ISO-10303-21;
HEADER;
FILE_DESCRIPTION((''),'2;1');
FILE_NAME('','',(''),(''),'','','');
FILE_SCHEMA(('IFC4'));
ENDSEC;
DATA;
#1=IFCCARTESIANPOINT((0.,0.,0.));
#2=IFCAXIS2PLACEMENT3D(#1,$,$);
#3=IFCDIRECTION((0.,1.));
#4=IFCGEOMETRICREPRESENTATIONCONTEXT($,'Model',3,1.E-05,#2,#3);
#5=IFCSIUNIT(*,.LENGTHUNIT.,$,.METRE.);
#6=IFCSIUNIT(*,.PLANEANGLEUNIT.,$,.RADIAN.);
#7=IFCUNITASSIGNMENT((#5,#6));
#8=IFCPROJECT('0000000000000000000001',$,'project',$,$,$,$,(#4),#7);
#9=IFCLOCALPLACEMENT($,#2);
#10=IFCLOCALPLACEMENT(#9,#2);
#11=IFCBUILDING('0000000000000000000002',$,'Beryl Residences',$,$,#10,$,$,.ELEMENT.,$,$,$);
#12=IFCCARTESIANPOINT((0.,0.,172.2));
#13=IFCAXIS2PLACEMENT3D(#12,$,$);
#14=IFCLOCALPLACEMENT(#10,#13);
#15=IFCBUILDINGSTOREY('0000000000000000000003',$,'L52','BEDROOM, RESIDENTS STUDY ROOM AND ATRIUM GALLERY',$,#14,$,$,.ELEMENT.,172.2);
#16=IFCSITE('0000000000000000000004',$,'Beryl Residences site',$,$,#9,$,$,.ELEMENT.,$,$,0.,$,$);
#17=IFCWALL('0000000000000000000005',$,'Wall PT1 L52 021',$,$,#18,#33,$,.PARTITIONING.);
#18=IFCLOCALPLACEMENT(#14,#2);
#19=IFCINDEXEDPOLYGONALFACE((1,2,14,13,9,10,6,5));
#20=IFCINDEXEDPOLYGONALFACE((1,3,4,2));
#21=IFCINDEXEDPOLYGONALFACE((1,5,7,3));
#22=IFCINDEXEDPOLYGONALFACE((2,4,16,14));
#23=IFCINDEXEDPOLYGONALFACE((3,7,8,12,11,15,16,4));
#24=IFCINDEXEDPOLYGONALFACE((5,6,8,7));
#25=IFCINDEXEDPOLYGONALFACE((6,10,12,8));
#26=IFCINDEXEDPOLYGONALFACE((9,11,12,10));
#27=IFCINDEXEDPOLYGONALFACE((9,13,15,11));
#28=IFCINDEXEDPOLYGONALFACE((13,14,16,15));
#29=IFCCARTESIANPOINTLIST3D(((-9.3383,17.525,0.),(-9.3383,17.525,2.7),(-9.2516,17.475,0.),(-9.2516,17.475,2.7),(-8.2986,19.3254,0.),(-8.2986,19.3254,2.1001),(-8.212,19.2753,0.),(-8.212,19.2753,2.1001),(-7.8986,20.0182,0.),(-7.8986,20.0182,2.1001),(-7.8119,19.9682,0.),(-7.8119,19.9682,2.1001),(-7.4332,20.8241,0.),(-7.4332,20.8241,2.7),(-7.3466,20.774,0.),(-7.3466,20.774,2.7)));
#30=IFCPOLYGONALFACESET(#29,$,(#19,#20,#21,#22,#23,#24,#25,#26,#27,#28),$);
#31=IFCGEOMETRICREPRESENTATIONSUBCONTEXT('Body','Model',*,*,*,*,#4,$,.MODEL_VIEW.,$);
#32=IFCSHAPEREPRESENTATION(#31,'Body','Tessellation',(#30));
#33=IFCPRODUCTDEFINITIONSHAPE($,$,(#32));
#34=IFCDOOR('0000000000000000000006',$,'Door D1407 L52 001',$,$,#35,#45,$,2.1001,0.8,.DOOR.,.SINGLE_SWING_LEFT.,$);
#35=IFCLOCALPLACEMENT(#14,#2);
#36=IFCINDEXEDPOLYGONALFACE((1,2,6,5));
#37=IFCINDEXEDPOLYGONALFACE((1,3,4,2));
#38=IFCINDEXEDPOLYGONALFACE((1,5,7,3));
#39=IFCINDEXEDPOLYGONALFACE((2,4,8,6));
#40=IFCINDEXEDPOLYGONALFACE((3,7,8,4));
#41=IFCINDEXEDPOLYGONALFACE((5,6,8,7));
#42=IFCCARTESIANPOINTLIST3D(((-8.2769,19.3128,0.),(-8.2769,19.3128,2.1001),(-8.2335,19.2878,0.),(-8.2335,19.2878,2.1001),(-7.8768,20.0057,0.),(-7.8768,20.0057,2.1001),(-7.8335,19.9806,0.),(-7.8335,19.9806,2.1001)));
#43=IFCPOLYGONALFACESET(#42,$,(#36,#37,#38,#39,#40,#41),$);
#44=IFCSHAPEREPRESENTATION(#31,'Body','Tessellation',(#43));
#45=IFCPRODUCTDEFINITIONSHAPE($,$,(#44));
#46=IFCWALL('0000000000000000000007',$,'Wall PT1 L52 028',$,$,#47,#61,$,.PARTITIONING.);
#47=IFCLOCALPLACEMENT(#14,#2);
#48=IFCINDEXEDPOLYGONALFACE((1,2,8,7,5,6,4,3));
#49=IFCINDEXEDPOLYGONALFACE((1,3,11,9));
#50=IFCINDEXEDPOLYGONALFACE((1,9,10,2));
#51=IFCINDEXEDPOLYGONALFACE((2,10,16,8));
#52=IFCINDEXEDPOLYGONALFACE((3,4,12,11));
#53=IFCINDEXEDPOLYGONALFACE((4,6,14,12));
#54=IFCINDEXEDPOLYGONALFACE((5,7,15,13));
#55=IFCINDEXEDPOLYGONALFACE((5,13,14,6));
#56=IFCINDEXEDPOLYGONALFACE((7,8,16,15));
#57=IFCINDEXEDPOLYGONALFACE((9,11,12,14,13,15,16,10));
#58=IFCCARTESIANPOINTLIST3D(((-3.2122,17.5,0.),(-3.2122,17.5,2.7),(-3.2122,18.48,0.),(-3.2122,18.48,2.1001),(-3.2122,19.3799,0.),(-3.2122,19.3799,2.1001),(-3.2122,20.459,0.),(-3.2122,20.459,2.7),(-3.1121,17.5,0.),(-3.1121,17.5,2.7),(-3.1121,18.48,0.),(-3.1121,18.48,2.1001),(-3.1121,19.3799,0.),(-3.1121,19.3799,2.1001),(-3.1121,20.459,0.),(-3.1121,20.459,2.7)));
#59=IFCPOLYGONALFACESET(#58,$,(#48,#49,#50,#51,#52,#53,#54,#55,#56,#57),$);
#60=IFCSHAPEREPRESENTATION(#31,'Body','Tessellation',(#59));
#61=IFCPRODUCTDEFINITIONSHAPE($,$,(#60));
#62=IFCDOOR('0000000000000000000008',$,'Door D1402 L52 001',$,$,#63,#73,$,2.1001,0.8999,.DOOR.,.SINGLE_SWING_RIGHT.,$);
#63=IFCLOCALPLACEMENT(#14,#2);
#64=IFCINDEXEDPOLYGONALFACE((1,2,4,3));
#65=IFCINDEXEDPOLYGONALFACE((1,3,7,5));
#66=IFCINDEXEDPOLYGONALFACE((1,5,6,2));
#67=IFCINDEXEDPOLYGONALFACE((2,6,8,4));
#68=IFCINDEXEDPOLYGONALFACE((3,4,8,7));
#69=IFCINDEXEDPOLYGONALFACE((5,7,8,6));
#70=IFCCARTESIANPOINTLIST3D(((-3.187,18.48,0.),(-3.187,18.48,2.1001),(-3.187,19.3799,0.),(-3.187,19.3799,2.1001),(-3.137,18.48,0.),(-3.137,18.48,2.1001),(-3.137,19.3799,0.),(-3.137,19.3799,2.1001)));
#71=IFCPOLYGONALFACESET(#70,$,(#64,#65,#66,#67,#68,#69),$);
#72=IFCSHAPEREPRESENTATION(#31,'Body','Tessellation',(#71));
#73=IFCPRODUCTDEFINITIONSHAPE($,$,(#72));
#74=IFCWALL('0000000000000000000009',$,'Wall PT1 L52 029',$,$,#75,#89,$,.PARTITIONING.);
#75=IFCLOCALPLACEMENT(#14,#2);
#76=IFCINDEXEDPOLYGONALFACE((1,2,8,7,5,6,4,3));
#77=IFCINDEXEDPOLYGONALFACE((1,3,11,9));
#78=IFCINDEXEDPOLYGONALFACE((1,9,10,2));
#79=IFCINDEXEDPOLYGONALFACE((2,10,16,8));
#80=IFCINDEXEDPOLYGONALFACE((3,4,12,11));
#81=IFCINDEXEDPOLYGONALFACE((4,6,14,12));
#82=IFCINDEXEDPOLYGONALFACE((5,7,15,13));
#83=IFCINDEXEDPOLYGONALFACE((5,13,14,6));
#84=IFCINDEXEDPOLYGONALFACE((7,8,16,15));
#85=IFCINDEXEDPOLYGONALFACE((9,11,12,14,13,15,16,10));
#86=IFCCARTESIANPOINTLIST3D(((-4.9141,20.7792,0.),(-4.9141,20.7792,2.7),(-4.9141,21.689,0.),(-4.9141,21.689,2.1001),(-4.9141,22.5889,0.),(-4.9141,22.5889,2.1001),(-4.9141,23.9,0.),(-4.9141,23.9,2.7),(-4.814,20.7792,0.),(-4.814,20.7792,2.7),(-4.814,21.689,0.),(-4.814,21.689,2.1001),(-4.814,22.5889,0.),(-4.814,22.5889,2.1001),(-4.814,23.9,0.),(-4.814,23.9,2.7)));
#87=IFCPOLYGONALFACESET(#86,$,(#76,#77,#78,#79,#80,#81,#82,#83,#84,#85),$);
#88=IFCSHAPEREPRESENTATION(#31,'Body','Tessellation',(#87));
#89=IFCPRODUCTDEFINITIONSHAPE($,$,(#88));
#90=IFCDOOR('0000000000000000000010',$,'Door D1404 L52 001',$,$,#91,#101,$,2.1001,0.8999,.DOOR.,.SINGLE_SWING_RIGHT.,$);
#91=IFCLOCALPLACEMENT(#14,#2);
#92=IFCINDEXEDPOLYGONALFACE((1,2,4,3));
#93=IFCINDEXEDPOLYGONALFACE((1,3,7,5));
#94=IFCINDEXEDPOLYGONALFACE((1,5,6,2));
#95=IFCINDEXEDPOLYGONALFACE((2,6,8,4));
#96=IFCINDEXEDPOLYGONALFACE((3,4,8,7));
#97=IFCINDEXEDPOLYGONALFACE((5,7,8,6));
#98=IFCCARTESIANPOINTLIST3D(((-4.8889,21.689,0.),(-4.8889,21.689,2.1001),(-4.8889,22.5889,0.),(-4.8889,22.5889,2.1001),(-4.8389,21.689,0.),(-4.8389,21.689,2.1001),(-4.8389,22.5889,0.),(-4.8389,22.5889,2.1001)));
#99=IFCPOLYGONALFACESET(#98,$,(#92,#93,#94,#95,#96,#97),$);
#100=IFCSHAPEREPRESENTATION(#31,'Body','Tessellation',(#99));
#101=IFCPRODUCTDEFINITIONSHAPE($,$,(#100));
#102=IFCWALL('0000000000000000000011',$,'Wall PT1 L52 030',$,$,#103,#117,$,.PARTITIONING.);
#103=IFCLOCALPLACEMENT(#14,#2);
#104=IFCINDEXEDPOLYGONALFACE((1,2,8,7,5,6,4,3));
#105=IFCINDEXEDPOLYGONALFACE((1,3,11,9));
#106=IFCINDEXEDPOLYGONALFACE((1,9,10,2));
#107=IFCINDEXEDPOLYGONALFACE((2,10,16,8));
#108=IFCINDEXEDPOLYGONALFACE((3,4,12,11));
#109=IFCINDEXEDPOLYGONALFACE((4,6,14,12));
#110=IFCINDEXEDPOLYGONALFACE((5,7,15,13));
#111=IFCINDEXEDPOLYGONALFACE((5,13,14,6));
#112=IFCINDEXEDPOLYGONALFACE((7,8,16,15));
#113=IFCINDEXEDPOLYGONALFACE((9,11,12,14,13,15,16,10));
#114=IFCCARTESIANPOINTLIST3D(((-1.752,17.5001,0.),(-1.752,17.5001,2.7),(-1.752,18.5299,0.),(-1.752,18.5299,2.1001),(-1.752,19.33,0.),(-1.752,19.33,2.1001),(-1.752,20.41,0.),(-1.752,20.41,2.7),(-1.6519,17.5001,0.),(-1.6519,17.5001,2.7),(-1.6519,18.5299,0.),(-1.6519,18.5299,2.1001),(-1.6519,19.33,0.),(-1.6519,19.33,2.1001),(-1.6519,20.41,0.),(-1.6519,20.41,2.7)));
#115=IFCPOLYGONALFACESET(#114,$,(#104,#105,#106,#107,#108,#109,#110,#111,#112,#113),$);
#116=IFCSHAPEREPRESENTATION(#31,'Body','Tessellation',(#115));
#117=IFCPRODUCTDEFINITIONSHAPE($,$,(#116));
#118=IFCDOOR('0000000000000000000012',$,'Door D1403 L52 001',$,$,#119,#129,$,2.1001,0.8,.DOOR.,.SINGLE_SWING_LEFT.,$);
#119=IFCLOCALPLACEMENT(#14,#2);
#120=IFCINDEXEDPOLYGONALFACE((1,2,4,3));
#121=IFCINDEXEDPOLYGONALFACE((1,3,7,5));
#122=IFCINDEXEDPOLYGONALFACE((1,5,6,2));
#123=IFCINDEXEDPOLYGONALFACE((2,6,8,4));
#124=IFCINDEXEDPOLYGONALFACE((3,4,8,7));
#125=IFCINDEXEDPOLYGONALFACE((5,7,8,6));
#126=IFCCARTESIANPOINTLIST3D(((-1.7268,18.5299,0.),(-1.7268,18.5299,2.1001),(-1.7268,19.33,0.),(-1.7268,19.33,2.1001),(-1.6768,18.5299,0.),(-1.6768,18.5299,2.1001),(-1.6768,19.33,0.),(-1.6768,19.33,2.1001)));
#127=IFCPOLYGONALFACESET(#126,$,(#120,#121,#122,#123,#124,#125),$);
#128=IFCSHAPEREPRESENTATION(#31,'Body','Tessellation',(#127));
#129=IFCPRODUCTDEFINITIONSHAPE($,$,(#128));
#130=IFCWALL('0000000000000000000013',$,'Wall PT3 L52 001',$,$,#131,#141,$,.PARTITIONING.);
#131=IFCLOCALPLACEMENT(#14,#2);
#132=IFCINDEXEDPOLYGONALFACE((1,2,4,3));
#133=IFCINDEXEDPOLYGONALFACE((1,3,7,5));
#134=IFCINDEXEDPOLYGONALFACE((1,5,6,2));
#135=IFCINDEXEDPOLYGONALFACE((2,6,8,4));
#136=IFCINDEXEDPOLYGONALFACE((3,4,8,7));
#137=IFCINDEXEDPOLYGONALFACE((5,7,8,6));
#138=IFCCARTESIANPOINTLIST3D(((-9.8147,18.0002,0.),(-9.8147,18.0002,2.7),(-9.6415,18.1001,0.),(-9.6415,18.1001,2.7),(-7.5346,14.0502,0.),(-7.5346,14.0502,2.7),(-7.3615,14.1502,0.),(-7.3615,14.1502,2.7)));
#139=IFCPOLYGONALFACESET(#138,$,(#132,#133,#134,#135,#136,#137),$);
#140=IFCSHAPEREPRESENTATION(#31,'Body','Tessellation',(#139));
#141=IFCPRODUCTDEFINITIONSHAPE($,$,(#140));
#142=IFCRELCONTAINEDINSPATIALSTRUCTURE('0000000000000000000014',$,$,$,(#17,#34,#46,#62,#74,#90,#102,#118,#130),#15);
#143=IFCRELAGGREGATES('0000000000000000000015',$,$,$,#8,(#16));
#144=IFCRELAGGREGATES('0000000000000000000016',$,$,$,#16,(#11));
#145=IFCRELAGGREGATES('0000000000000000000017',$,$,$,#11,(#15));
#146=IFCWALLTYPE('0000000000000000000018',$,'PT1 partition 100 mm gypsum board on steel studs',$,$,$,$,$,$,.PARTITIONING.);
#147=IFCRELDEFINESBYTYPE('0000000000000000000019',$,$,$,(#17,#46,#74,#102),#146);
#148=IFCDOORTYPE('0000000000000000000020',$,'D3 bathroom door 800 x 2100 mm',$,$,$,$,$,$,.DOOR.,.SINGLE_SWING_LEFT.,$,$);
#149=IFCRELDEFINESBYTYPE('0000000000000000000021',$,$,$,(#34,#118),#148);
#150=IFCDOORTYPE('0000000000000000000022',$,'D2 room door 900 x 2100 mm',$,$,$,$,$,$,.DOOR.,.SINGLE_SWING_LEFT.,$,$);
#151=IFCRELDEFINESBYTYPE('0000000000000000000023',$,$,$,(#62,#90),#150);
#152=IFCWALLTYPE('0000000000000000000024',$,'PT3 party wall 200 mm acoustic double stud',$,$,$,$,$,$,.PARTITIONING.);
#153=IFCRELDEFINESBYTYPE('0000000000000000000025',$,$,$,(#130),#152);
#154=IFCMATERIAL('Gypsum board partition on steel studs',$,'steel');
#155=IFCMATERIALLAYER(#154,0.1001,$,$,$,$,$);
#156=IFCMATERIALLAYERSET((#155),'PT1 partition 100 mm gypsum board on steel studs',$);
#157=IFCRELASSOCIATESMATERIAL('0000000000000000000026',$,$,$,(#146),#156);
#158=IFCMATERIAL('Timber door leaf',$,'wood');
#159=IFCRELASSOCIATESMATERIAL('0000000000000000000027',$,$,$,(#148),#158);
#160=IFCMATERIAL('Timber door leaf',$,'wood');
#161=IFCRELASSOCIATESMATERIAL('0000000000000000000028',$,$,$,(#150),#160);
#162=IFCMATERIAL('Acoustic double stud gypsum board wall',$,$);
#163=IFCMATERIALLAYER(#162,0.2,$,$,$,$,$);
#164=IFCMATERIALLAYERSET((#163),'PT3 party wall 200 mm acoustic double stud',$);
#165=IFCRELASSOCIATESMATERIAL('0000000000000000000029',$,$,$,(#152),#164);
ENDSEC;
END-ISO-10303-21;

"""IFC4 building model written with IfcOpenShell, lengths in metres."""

from ifc_helpers import new_model, si_unit, direction, frame, frame_2d, origin, place, context, subcontext, project, spatial, rectangle, extrude, material, layer, layer_set, type_object, element, fill, save


model = new_model("IFC4")

# Units and contexts
model_context = context("Model", 3, precision=1e-05, world=origin(), true_north=direction((0.0, 1.0)))
body_context = subcontext(model_context, "Body", "Model", "MODEL_VIEW")
ifc_project = project(units=[si_unit("LENGTHUNIT", "METRE"), si_unit("PLANEANGLEUNIT", "RADIAN")], contexts=[model_context])

# Site, building, storey
site_placement = place(None, origin())
site = spatial("IfcSite", under=ifc_project, at=site_placement, Name="Beryl Residences site", CompositionType="ELEMENT", RefElevation=0.0)
building_placement = place(site_placement, origin())
building = spatial("IfcBuilding", under=site, at=building_placement, Name="Beryl Residences", CompositionType="ELEMENT")
storey_placement = place(building_placement, frame((0.0, 0.0, 172.2)))
storey = spatial("IfcBuildingStorey", under=building, at=storey_placement, Name="L52", Description="BEDROOM, RESIDENTS STUDY ROOM AND ATRIUM GALLERY", CompositionType="ELEMENT", Elevation=172.2)

# Shared definitions
ifc_material_1 = material(Name="Gypsum board partition on steel studs", Category="steel")
ifc_layer_1 = layer(ifc_material_1, 0.1001)
ifc_layer_set_1 = layer_set([ifc_layer_1], Name="PT1 partition 100 mm gypsum board on steel studs")
wall_type_1 = type_object("IfcWallType", Name="PT1 partition 100 mm gypsum board on steel studs", PredefinedType="PARTITIONING", material=ifc_layer_set_1)

# Walls, openings, doors
wall_1_placement = place(storey_placement, frame((-9.2949, 17.5, 0.0), z_axis=(0.0, 0.0, 1.0), x_axis=(0.500061, 0.86599, 0.0)))
wall_1 = element("IfcWall", 1, at=wall_1_placement, inside=storey, type_object=wall_type_1, Name="Wall PT1 L52 021", PredefinedType="PARTITIONING", context=body_context, shape_type="SweptSolid", body=[
    extrude(rectangle(XDim=3.8096, YDim=0.1001, at=frame_2d((1.9048, 0.0))), origin(), (0.0, 0.0, 1.0), 2.7),
])
opening_1_placement = place(wall_1_placement, frame((2.0791, 0.0, 0.0)))
opening_1 = element("IfcOpeningElement", 2, at=opening_1_placement, cuts=wall_1, PredefinedType="OPENING", context=body_context, shape_type="SweptSolid", body=[
    extrude(rectangle(XDim=0.8, YDim=2.1001, at=frame_2d((0.3999, 1.05))), frame((0.0, 0.0601, 0.0), z_axis=(0.0, -1.0, 0.0), x_axis=(1.0, 0.0, 0.0)), (0.0, 0.0, 1.0), 0.1201),
])
ifc_material_2 = material(Name="Timber door leaf", Category="wood")
door_type_1 = type_object("IfcDoorType", Name="D3 bathroom door 800 x 2100 mm", OperationType="SINGLE_SWING_LEFT", PredefinedType="DOOR", material=ifc_material_2)
door_1_placement = place(opening_1_placement, origin())
door_1 = element("IfcDoor", 3, at=door_1_placement, inside=storey, type_object=door_type_1, Name="Door D1407 L52 001", OperationType="SINGLE_SWING_LEFT", OverallHeight=2.1001, OverallWidth=0.8, PredefinedType="DOOR", context=body_context, shape_type="SweptSolid", body=[
    extrude(rectangle(XDim=0.8, YDim=2.1001, at=frame_2d((0.3999, 1.05))), frame((0.0, 0.0249, 0.0), z_axis=(0.0, -1.0, 0.0), x_axis=(1.0, 0.0, 0.0)), (0.0, 0.0, 1.0), 0.05),
])
fill(opening_1, door_1)
wall_2_placement = place(storey_placement, frame((-3.1621, 17.5, 0.0), z_axis=(0.0, 0.0, 1.0), x_axis=(0.0, 1.0, 0.0)))
wall_2 = element("IfcWall", 4, at=wall_2_placement, inside=storey, type_object=wall_type_1, Name="Wall PT1 L52 028", PredefinedType="PARTITIONING", context=body_context, shape_type="SweptSolid", body=[
    extrude(rectangle(XDim=2.959, YDim=0.1001, at=frame_2d((1.4795, 0.0))), origin(), (0.0, 0.0, 1.0), 2.7),
])
opening_2_placement = place(wall_2_placement, frame((0.98, 0.0, 0.0)))
opening_2 = element("IfcOpeningElement", 5, at=opening_2_placement, cuts=wall_2, PredefinedType="OPENING", context=body_context, shape_type="SweptSolid", body=[
    extrude(rectangle(XDim=0.8999, YDim=2.1001, at=frame_2d((0.45, 1.05))), frame((0.0, 0.0601, 0.0), z_axis=(0.0, -1.0, 0.0), x_axis=(1.0, 0.0, 0.0)), (0.0, 0.0, 1.0), 0.1201),
])
ifc_material_3 = material(Name="Timber door leaf", Category="wood")
door_type_2 = type_object("IfcDoorType", Name="D2 room door 900 x 2100 mm", OperationType="SINGLE_SWING_LEFT", PredefinedType="DOOR", material=ifc_material_3)
door_2_placement = place(opening_2_placement, origin())
door_2 = element("IfcDoor", 6, at=door_2_placement, inside=storey, type_object=door_type_2, Name="Door D1402 L52 001", OperationType="SINGLE_SWING_RIGHT", OverallHeight=2.1001, OverallWidth=0.8999, PredefinedType="DOOR", context=body_context, shape_type="SweptSolid", body=[
    extrude(rectangle(XDim=0.8999, YDim=2.1001, at=frame_2d((0.45, 1.05))), frame((0.0, 0.0249, 0.0), z_axis=(0.0, -1.0, 0.0), x_axis=(1.0, 0.0, 0.0)), (0.0, 0.0, 1.0), 0.05),
])
fill(opening_2, door_2)
wall_3_placement = place(storey_placement, frame((-4.864, 20.7791, 0.0), z_axis=(0.0, 0.0, 1.0), x_axis=(0.0, 1.0, 0.0)))
wall_3 = element("IfcWall", 7, at=wall_3_placement, inside=storey, type_object=wall_type_1, Name="Wall PT1 L52 029", PredefinedType="PARTITIONING", context=body_context, shape_type="SweptSolid", body=[
    extrude(rectangle(XDim=3.1208, YDim=0.1001, at=frame_2d((1.5605, 0.0))), origin(), (0.0, 0.0, 1.0), 2.7),
])
opening_3_placement = place(wall_3_placement, frame((0.9099, 0.0, 0.0)))
opening_3 = element("IfcOpeningElement", 8, at=opening_3_placement, cuts=wall_3, PredefinedType="OPENING", context=body_context, shape_type="SweptSolid", body=[
    extrude(rectangle(XDim=0.8999, YDim=2.1001, at=frame_2d((0.45, 1.05))), frame((0.0, 0.0601, 0.0), z_axis=(0.0, -1.0, 0.0), x_axis=(1.0, 0.0, 0.0)), (0.0, 0.0, 1.0), 0.1201),
])
door_3_placement = place(opening_3_placement, origin())
door_3 = element("IfcDoor", 9, at=door_3_placement, inside=storey, type_object=door_type_2, Name="Door D1404 L52 001", OperationType="SINGLE_SWING_RIGHT", OverallHeight=2.1001, OverallWidth=0.8999, PredefinedType="DOOR", context=body_context, shape_type="SweptSolid", body=[
    extrude(rectangle(XDim=0.8999, YDim=2.1001, at=frame_2d((0.45, 1.05))), frame((0.0, 0.0249, 0.0), z_axis=(0.0, -1.0, 0.0), x_axis=(1.0, 0.0, 0.0)), (0.0, 0.0, 1.0), 0.05),
])
fill(opening_3, door_3)
wall_4_placement = place(storey_placement, frame((-1.7019, 17.5, 0.0), z_axis=(0.0, 0.0, 1.0), x_axis=(0.0, 1.0, 0.0)))
wall_4 = element("IfcWall", 10, at=wall_4_placement, inside=storey, type_object=wall_type_1, Name="Wall PT1 L52 030", PredefinedType="PARTITIONING", context=body_context, shape_type="SweptSolid", body=[
    extrude(rectangle(XDim=2.9099, YDim=0.1001, at=frame_2d((1.4551, 0.0))), origin(), (0.0, 0.0, 1.0), 2.7),
])
opening_4_placement = place(wall_4_placement, frame((1.03, 0.0, 0.0)))
opening_4 = element("IfcOpeningElement", 11, at=opening_4_placement, cuts=wall_4, PredefinedType="OPENING", context=body_context, shape_type="SweptSolid", body=[
    extrude(rectangle(XDim=0.8, YDim=2.1001, at=frame_2d((0.3999, 1.05))), frame((0.0, 0.0601, 0.0), z_axis=(0.0, -1.0, 0.0), x_axis=(1.0, 0.0, 0.0)), (0.0, 0.0, 1.0), 0.1201),
])
door_4_placement = place(opening_4_placement, origin())
door_4 = element("IfcDoor", 12, at=door_4_placement, inside=storey, type_object=door_type_1, Name="Door D1403 L52 001", OperationType="SINGLE_SWING_LEFT", OverallHeight=2.1001, OverallWidth=0.8, PredefinedType="DOOR", context=body_context, shape_type="SweptSolid", body=[
    extrude(rectangle(XDim=0.8, YDim=2.1001, at=frame_2d((0.3999, 1.05))), frame((0.0, 0.0249, 0.0), z_axis=(0.0, -1.0, 0.0), x_axis=(1.0, 0.0, 0.0)), (0.0, 0.0, 1.0), 0.05),
])
fill(opening_4, door_4)

# Wall
ifc_material_4 = material(Name="Acoustic double stud gypsum board wall")
ifc_layer_2 = layer(ifc_material_4, 0.2)
ifc_layer_set_2 = layer_set([ifc_layer_2], Name="PT3 party wall 200 mm acoustic double stud")
wall_type_2 = type_object("IfcWallType", Name="PT3 party wall 200 mm acoustic double stud", PredefinedType="PARTITIONING", material=ifc_layer_set_2)
wall_5_placement = place(storey_placement, frame((-9.728, 18.05, 0.0), z_axis=(0.0, 0.0, 1.0), x_axis=(0.499922, -0.866071, 0.0)))
element("IfcWall", 13, at=wall_5_placement, inside=storey, type_object=wall_type_2, Name="Wall PT3 L52 001", PredefinedType="PARTITIONING", context=body_context, shape_type="SweptSolid", body=[
    extrude(rectangle(XDim=4.5608, YDim=0.2, at=frame_2d((2.2803, 0.0))), origin(), (0.0, 0.0, 1.0), 2.7),
])

save(model, "model.ifc")
